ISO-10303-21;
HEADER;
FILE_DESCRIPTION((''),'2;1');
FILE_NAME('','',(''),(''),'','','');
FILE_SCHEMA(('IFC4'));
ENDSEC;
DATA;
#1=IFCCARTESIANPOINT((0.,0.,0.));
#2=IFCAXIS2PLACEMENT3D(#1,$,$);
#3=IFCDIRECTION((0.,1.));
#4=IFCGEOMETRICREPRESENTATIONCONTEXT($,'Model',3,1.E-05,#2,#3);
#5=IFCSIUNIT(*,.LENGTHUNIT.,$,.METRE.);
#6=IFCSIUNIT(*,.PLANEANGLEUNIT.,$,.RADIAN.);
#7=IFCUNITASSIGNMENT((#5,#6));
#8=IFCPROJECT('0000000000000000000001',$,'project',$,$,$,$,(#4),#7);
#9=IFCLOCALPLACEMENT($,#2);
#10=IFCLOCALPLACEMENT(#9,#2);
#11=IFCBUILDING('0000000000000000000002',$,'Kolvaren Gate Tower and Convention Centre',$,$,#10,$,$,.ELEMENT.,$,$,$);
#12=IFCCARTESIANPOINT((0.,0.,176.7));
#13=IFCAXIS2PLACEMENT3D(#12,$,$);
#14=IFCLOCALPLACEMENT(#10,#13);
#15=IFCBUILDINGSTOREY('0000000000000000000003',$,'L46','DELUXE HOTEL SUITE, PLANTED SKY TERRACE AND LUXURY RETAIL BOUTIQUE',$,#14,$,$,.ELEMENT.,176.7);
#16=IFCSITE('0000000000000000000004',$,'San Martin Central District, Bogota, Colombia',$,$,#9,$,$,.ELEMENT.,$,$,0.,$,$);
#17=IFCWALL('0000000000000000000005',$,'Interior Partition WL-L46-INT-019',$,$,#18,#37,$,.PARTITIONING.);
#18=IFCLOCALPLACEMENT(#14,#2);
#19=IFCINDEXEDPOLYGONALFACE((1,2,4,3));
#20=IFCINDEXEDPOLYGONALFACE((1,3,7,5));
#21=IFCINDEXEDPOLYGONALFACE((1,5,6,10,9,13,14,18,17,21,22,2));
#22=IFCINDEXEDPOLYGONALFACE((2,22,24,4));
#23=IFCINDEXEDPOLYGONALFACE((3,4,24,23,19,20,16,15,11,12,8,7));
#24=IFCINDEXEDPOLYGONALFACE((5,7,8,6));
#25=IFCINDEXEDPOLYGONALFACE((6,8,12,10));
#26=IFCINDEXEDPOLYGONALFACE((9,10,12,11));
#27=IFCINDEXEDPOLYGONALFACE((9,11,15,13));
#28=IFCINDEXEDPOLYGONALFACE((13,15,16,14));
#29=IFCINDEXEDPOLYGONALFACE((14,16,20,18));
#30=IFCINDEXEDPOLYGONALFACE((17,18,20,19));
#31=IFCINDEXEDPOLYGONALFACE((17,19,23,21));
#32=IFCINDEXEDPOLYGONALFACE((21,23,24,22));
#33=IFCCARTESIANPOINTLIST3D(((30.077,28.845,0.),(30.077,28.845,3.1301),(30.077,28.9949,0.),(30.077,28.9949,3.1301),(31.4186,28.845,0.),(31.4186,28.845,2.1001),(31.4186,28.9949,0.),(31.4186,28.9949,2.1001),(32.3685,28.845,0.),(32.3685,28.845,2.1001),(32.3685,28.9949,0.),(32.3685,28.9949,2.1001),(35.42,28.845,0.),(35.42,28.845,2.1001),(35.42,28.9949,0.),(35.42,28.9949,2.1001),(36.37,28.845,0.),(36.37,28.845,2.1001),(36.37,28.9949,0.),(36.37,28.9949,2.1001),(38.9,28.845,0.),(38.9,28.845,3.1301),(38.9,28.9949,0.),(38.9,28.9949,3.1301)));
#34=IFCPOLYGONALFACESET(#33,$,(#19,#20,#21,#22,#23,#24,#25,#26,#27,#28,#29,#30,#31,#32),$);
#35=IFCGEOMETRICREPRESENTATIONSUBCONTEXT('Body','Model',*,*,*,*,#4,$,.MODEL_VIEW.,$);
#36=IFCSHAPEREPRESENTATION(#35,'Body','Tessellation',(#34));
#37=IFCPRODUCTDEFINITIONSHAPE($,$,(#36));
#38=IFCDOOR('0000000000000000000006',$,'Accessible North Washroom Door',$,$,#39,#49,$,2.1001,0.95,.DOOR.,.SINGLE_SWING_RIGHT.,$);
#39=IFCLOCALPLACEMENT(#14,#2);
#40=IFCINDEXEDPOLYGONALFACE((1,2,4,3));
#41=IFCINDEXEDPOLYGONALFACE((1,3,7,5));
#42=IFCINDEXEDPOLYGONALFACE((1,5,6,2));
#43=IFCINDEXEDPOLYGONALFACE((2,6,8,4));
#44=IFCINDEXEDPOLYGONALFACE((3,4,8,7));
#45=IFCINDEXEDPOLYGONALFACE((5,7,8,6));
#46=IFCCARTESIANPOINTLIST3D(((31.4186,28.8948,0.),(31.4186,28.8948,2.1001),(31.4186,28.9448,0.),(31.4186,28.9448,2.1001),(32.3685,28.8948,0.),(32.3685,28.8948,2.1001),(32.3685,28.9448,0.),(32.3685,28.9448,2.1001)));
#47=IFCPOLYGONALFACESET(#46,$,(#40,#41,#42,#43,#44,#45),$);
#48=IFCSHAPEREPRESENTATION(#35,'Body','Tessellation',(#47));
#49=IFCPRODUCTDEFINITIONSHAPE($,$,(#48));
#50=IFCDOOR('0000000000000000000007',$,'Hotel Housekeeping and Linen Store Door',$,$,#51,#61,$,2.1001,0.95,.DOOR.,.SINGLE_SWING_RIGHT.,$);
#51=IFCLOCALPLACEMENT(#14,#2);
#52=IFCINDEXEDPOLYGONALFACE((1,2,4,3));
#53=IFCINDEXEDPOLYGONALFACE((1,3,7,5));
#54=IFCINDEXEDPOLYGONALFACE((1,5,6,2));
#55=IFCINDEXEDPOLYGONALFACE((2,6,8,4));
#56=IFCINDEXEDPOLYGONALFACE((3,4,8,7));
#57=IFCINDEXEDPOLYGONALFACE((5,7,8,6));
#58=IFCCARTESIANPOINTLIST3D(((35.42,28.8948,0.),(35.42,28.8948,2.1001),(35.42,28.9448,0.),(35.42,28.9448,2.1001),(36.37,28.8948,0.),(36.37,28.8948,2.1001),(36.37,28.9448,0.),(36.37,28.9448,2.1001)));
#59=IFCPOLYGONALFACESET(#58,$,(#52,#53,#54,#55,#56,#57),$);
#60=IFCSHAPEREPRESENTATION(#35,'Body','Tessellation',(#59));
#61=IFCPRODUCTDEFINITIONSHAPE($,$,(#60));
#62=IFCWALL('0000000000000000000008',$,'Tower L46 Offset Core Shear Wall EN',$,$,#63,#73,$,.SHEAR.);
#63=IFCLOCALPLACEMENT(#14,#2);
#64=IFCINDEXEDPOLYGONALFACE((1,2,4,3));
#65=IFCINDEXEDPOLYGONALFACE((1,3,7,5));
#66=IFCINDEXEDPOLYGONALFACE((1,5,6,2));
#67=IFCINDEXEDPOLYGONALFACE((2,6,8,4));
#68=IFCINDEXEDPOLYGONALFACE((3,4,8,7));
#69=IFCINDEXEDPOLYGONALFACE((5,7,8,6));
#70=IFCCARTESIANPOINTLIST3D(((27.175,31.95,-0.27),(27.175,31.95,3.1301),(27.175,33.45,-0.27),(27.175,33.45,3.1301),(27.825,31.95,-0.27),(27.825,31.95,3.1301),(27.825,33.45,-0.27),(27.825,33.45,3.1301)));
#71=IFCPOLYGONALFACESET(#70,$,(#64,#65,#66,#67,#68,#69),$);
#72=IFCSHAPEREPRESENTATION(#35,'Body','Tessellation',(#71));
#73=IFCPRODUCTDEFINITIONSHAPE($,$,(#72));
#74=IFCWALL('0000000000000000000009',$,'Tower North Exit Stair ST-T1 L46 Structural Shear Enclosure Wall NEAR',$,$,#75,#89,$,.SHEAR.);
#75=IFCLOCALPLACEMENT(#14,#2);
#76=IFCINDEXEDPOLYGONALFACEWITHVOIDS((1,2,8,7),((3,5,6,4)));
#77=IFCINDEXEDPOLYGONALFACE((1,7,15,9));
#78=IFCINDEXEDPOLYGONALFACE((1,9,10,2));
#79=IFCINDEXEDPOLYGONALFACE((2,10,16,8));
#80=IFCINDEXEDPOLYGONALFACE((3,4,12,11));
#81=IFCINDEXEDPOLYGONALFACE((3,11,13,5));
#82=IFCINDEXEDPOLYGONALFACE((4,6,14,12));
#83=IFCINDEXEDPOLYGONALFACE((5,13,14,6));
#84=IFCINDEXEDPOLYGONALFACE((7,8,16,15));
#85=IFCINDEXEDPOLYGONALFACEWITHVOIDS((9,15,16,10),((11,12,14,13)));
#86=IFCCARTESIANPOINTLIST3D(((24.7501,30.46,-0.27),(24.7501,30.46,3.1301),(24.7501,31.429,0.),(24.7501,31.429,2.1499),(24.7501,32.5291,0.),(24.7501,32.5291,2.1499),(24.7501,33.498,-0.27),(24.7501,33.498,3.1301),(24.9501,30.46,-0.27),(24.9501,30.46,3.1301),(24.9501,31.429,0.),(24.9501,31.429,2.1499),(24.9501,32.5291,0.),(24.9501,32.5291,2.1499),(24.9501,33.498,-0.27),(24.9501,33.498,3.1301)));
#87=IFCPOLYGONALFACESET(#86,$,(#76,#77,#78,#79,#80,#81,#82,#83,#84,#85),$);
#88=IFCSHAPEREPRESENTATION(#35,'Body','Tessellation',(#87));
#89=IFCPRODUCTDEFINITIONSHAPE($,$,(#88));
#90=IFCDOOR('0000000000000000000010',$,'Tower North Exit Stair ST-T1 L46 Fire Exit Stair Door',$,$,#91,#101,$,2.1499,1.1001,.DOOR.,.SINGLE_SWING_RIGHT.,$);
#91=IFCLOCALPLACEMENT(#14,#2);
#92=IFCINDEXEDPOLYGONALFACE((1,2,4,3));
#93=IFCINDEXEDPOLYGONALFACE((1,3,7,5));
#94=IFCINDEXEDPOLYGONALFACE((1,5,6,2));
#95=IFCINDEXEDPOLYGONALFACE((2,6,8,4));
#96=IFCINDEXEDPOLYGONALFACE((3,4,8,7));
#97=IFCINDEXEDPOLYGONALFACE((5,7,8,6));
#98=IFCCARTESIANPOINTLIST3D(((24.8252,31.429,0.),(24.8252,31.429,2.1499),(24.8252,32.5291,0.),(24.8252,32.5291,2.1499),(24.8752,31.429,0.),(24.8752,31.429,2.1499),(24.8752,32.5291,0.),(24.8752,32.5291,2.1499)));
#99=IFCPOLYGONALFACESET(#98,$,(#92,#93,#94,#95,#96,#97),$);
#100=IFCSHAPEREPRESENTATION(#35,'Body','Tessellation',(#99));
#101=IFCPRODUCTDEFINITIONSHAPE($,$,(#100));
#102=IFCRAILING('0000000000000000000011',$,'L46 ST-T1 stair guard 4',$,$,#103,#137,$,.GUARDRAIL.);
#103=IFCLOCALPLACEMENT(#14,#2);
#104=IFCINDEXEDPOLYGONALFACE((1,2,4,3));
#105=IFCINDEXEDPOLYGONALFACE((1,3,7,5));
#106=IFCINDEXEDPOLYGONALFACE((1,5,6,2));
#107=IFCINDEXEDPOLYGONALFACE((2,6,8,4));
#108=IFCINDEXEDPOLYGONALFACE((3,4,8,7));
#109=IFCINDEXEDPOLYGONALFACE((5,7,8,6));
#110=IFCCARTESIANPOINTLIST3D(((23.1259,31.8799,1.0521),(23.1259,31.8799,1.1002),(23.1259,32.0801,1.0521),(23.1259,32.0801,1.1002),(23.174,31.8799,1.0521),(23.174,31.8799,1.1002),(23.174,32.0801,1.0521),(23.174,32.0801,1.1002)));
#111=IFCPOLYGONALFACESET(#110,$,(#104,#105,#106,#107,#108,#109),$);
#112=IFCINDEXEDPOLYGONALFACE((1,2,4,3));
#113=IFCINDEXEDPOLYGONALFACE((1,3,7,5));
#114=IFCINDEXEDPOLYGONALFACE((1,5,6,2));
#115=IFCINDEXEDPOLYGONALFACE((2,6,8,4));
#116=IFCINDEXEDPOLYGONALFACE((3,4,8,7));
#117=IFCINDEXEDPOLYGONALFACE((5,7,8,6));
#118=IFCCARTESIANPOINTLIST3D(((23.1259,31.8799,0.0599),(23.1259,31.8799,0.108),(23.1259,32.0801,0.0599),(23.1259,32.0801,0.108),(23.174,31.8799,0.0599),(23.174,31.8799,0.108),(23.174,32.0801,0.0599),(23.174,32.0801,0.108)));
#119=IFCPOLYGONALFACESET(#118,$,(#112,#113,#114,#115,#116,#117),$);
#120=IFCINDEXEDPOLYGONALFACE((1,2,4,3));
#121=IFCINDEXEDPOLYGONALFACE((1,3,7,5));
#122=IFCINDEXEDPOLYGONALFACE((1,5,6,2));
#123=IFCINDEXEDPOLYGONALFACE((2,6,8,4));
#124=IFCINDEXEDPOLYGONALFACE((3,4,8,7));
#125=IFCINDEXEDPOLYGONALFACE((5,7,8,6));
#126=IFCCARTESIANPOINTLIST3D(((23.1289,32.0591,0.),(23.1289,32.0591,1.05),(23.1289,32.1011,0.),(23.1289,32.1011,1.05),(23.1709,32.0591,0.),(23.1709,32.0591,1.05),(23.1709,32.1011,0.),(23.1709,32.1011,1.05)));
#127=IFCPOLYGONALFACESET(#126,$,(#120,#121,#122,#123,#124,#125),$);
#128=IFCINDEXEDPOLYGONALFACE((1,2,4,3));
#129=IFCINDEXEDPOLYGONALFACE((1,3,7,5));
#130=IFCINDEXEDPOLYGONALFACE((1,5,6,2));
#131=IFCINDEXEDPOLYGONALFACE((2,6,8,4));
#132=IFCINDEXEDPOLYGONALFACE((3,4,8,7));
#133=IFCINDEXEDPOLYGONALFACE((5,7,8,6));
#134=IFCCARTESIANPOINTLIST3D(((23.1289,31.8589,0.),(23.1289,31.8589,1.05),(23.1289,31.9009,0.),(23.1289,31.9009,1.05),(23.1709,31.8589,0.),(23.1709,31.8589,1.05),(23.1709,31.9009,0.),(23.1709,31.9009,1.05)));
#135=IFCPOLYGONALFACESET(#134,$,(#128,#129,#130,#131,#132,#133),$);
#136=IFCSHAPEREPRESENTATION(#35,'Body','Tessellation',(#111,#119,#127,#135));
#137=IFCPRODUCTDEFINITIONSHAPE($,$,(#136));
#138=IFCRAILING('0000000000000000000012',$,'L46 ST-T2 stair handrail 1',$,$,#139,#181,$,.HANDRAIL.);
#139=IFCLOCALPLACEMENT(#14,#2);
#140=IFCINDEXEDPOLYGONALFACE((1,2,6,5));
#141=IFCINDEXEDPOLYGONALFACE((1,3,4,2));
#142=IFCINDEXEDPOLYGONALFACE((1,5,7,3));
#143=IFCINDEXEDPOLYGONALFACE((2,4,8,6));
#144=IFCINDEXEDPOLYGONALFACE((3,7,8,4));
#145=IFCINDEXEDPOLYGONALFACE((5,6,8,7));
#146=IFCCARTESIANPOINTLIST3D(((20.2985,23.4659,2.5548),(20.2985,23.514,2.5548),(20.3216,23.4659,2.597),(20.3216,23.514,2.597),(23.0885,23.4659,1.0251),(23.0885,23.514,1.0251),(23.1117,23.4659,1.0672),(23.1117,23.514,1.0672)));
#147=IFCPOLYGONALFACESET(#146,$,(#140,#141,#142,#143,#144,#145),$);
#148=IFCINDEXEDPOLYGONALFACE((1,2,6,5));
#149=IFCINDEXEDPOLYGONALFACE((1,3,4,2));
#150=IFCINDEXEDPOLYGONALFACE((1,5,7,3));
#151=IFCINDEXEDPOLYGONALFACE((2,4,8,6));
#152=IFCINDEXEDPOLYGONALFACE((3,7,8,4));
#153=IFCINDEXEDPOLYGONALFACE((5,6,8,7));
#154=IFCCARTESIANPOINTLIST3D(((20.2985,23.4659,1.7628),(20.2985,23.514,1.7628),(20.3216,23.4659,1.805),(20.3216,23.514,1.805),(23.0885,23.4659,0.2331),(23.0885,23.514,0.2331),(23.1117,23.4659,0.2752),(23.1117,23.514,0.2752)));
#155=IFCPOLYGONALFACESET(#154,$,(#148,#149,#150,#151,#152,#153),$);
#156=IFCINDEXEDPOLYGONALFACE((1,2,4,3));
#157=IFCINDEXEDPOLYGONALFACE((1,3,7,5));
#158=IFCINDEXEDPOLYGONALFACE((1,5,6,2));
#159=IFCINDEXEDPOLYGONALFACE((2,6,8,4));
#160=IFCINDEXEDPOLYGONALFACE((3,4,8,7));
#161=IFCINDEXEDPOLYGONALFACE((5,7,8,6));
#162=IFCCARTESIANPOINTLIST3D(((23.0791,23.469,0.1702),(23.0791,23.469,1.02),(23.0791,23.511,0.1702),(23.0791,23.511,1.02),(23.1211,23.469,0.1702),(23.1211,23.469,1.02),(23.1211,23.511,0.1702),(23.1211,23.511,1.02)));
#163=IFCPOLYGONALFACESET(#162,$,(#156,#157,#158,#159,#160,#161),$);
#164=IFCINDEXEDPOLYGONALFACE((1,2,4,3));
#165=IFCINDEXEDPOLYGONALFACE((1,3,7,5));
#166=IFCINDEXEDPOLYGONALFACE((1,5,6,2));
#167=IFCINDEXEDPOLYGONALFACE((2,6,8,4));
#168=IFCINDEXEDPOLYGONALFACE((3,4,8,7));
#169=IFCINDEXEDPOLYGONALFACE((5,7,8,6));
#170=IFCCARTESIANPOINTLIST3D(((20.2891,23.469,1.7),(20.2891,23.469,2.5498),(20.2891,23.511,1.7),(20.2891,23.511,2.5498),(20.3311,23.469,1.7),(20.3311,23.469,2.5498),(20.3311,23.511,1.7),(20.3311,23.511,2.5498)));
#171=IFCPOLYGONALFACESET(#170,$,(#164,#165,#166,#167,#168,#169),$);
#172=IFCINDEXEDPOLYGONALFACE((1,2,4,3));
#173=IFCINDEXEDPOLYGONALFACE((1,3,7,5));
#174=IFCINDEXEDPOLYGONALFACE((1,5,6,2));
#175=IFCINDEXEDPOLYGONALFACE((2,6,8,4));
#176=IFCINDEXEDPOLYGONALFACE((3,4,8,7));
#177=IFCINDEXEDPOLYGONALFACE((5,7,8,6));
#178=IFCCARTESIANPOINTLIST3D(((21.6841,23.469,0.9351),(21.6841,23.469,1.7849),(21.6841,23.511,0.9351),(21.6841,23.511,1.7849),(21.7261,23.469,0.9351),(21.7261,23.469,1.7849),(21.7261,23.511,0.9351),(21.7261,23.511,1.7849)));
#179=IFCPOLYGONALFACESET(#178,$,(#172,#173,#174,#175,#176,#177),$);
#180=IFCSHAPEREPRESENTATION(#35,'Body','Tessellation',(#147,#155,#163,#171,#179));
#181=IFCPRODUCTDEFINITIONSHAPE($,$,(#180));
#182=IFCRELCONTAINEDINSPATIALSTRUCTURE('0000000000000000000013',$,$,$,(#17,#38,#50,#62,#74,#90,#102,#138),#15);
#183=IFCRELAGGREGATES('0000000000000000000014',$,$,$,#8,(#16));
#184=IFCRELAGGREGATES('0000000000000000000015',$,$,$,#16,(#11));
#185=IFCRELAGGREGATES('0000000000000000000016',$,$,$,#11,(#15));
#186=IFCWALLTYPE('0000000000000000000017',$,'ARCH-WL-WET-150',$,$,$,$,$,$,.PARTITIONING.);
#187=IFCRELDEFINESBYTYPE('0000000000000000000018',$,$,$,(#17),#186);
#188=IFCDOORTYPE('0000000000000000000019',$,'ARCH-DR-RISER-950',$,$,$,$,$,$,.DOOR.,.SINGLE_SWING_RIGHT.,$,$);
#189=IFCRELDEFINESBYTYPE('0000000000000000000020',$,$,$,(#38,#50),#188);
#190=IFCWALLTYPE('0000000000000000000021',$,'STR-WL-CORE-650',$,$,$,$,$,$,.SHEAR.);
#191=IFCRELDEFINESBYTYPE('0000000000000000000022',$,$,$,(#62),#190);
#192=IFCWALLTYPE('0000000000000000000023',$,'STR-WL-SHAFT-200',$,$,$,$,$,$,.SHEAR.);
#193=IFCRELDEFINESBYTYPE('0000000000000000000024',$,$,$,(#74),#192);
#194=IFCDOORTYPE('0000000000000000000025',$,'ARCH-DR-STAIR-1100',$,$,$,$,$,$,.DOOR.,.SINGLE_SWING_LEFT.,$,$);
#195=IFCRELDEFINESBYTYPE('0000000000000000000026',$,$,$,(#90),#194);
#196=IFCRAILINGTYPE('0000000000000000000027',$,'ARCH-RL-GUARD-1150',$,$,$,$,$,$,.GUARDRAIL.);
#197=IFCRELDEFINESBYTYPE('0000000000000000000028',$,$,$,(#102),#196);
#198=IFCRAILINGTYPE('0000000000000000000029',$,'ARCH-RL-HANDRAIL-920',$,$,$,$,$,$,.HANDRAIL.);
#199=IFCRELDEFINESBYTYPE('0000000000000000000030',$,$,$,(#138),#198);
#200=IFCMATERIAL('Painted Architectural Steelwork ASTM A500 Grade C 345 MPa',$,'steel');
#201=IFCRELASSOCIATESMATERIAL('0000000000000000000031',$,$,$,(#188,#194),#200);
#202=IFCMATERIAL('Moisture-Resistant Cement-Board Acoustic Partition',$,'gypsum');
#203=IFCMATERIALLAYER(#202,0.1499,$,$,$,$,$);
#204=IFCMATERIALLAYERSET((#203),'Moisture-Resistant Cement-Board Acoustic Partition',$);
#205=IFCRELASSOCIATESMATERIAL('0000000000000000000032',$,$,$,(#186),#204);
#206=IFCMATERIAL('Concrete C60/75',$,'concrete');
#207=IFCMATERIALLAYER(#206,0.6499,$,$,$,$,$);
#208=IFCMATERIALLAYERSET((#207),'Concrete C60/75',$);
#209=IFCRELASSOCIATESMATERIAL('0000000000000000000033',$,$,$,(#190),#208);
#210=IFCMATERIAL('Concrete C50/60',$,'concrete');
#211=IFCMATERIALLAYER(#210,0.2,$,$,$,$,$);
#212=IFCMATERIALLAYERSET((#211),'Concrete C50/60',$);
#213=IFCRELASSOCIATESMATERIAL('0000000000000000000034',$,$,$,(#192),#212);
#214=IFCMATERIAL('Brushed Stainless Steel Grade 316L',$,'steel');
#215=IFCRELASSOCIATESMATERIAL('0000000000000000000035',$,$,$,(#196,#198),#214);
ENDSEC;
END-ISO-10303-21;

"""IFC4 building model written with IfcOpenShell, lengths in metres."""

from ifc_helpers import new_model, si_unit, direction, frame, frame_2d, origin, origin_2d, place, context, subcontext, project, spatial, rectangle, extrude, material, layer, layer_set, type_object, element, fill, save


model = new_model("IFC4")

# Units and contexts
model_context = context("Model", 3, precision=1e-05, world=origin(), true_north=direction((0.0, 1.0)))
body_context = subcontext(model_context, "Body", "Model", "MODEL_VIEW")
ifc_project = project(units=[si_unit("LENGTHUNIT", "METRE"), si_unit("PLANEANGLEUNIT", "RADIAN")], contexts=[model_context])

# Site, building, storey
site_placement = place(None, origin())
site = spatial("IfcSite", under=ifc_project, at=site_placement, Name="San Martin Central District, Bogota, Colombia", CompositionType="ELEMENT", RefElevation=0.0)
building_placement = place(site_placement, origin())
building = spatial("IfcBuilding", under=site, at=building_placement, Name="Kolvaren Gate Tower and Convention Centre", CompositionType="ELEMENT")
storey_placement = place(building_placement, frame((0.0, 0.0, 176.7)))
storey = spatial("IfcBuildingStorey", under=building, at=storey_placement, Name="L46", Description="DELUXE HOTEL SUITE, PLANTED SKY TERRACE AND LUXURY RETAIL BOUTIQUE", CompositionType="ELEMENT", Elevation=176.7)

# Shared definitions
ifc_material_1 = material(Name="Painted Architectural Steelwork ASTM A500 Grade C 345 MPa", Category="steel")
door_type_1 = type_object("IfcDoorType", Name="ARCH-DR-RISER-950", OperationType="SINGLE_SWING_RIGHT", PredefinedType="DOOR", material=ifc_material_1)

# Shared definitions
ifc_material_2 = material(Name="Brushed Stainless Steel Grade 316L", Category="steel")

# Shared definitions
ifc_material_3 = material(Name="Moisture-Resistant Cement-Board Acoustic Partition", Category="gypsum")
ifc_layer_1 = layer(ifc_material_3, 0.1499)
ifc_layer_set_1 = layer_set([ifc_layer_1], Name="Moisture-Resistant Cement-Board Acoustic Partition")
wall_type_1 = type_object("IfcWallType", Name="ARCH-WL-WET-150", PredefinedType="PARTITIONING", material=ifc_layer_set_1)

# Wall, openings, doors
wall_1_placement = place(storey_placement, frame((30.0769, 28.9199, 0.0), z_axis=(0.0, 0.0, 1.0), x_axis=(1.0, 0.0, 0.0)))
wall_1 = element("IfcWall", 1, at=wall_1_placement, inside=storey, type_object=wall_type_1, Name="Interior Partition WL-L46-INT-019", PredefinedType="PARTITIONING", context=body_context, shape_type="SweptSolid", body=[
    extrude(rectangle(XDim=8.823, YDim=0.1499, at=frame_2d((4.4116, 0.0))), origin(), (0.0, 0.0, 1.0), 3.1301),
])
opening_1_placement = place(wall_1_placement, frame((1.3416, 0.0, 0.0)))
opening_1 = element("IfcOpeningElement", 2, at=opening_1_placement, cuts=wall_1, PredefinedType="OPENING", context=body_context, shape_type="SweptSolid", body=[
    extrude(rectangle(XDim=0.95, YDim=2.1001, at=frame_2d((0.4751, 1.05))), frame((0.0, 0.085, 0.0), z_axis=(0.0, -1.0, 0.0), x_axis=(1.0, 0.0, 0.0)), (0.0, 0.0, 1.0), 0.1699),
])
opening_2_placement = place(wall_1_placement, frame((5.343, 0.0, 0.0)))
opening_2 = element("IfcOpeningElement", 3, at=opening_2_placement, cuts=wall_1, PredefinedType="OPENING", context=body_context, shape_type="SweptSolid", body=[
    extrude(rectangle(XDim=0.95, YDim=2.1001, at=frame_2d((0.4751, 1.05))), frame((0.0, 0.085, 0.0), z_axis=(0.0, -1.0, 0.0), x_axis=(1.0, 0.0, 0.0)), (0.0, 0.0, 1.0), 0.1699),
])
door_1_placement = place(opening_1_placement, origin())
door_1 = element("IfcDoor", 4, at=door_1_placement, inside=storey, type_object=door_type_1, Name="Accessible North Washroom Door", OperationType="SINGLE_SWING_RIGHT", OverallHeight=2.1001, OverallWidth=0.95, PredefinedType="DOOR", context=body_context, shape_type="SweptSolid", body=[
    extrude(rectangle(XDim=0.95, YDim=2.1001, at=frame_2d((0.4751, 1.05))), frame((0.0, 0.0249, 0.0), z_axis=(0.0, -1.0, 0.0), x_axis=(1.0, 0.0, 0.0)), (0.0, 0.0, 1.0), 0.05),
])
fill(opening_1, door_1)
door_2_placement = place(opening_2_placement, origin())
door_2 = element("IfcDoor", 5, at=door_2_placement, inside=storey, type_object=door_type_1, Name="Hotel Housekeeping and Linen Store Door", OperationType="SINGLE_SWING_RIGHT", OverallHeight=2.1001, OverallWidth=0.95, PredefinedType="DOOR", context=body_context, shape_type="SweptSolid", body=[
    extrude(rectangle(XDim=0.95, YDim=2.1001, at=frame_2d((0.4751, 1.05))), frame((0.0, 0.0249, 0.0), z_axis=(0.0, -1.0, 0.0), x_axis=(1.0, 0.0, 0.0)), (0.0, 0.0, 1.0), 0.05),
])
fill(opening_2, door_2)

# Wall
ifc_material_4 = material(Name="Concrete C60/75", Category="concrete")
ifc_layer_2 = layer(ifc_material_4, 0.6499)
ifc_layer_set_2 = layer_set([ifc_layer_2], Name="Concrete C60/75")
wall_type_2 = type_object("IfcWallType", Name="STR-WL-CORE-650", PredefinedType="SHEAR", material=ifc_layer_set_2)
wall_2_placement = place(storey_placement, frame((27.5, 31.95, -0.27), z_axis=(0.0, 0.0, 1.0), x_axis=(0.0, 1.0, 0.0)))
element("IfcWall", 6, at=wall_2_placement, inside=storey, type_object=wall_type_2, Name="Tower L46 Offset Core Shear Wall EN", PredefinedType="SHEAR", context=body_context, shape_type="SweptSolid", body=[
    extrude(rectangle(XDim=1.5, YDim=0.6499, at=frame_2d((0.75, 0.0))), origin(), (0.0, 0.0, 1.0), 3.4001),
])

# Wall, opening, door
ifc_material_5 = material(Name="Concrete C50/60", Category="concrete")
ifc_layer_3 = layer(ifc_material_5, 0.2)
ifc_layer_set_3 = layer_set([ifc_layer_3], Name="Concrete C50/60")
wall_type_3 = type_object("IfcWallType", Name="STR-WL-SHAFT-200", PredefinedType="SHEAR", material=ifc_layer_set_3)
wall_3_placement = place(storey_placement, frame((24.8501, 30.46, -0.27), z_axis=(0.0, 0.0, 1.0), x_axis=(0.0, 1.0, 0.0)))
wall_3 = element("IfcWall", 7, at=wall_3_placement, inside=storey, type_object=wall_type_3, Name="Tower North Exit Stair ST-T1 L46 Structural Shear Enclosure Wall NEAR", PredefinedType="SHEAR", context=body_context, shape_type="SweptSolid", body=[
    extrude(rectangle(XDim=3.0381, YDim=0.2, at=frame_2d((1.519, 0.0))), origin(), (0.0, 0.0, 1.0), 3.4001),
])
opening_3_placement = place(wall_3_placement, frame((0.969, 0.0, 0.27)))
opening_3 = element("IfcOpeningElement", 8, at=opening_3_placement, cuts=wall_3, PredefinedType="OPENING", context=body_context, shape_type="SweptSolid", body=[
    extrude(rectangle(XDim=1.1001, YDim=2.1499, at=frame_2d((0.55, 1.075))), frame((0.0, 0.1099, 0.0), z_axis=(0.0, -1.0, 0.0), x_axis=(1.0, 0.0, 0.0)), (0.0, 0.0, 1.0), 0.22),
])
door_type_2 = type_object("IfcDoorType", Name="ARCH-DR-STAIR-1100", OperationType="SINGLE_SWING_LEFT", PredefinedType="DOOR", material=ifc_material_1)
door_3_placement = place(opening_3_placement, origin())
door_3 = element("IfcDoor", 9, at=door_3_placement, inside=storey, type_object=door_type_2, Name="Tower North Exit Stair ST-T1 L46 Fire Exit Stair Door", OperationType="SINGLE_SWING_RIGHT", OverallHeight=2.1499, OverallWidth=1.1001, PredefinedType="DOOR", context=body_context, shape_type="SweptSolid", body=[
    extrude(rectangle(XDim=1.1001, YDim=2.1499, at=frame_2d((0.55, 1.075))), frame((0.0, 0.0249, 0.0), z_axis=(0.0, -1.0, 0.0), x_axis=(1.0, 0.0, 0.0)), (0.0, 0.0, 1.0), 0.05),
])
fill(opening_3, door_3)

# Railings
railing_type_1 = type_object("IfcRailingType", Name="ARCH-RL-GUARD-1150", PredefinedType="GUARDRAIL", material=ifc_material_2)
railing_1_placement = place(storey_placement, frame((23.1499, 32.0801, 0.0)))
element("IfcRailing", 10, at=railing_1_placement, inside=storey, type_object=railing_type_1, Name="L46 ST-T1 stair guard 4", PredefinedType="GUARDRAIL", context=body_context, shape_type="SweptSolid", body=[
    extrude(rectangle(XDim=0.0481, YDim=0.0481, at=origin_2d()), frame((0.0, 0.0, 1.0762), z_axis=(0.0, -1.0, 0.0), x_axis=(1.0, 0.0, 0.0)), (0.0, 0.0, 1.0), 0.2002),
    extrude(rectangle(XDim=0.0481, YDim=0.0481, at=origin_2d()), frame((0.0, 0.0, 0.084), z_axis=(0.0, -1.0, 0.0), x_axis=(1.0, 0.0, 0.0)), (0.0, 0.0, 1.0), 0.2002),
    extrude(rectangle(XDim=0.042, YDim=0.042, at=origin_2d()), origin(), (0.0, 0.0, 1.0), 1.05),
    extrude(rectangle(XDim=0.042, YDim=0.042, at=origin_2d()), frame((0.0, -0.2002, 0.0)), (0.0, 0.0, 1.0), 1.05),
])
railing_type_2 = type_object("IfcRailingType", Name="ARCH-RL-HANDRAIL-920", PredefinedType="HANDRAIL", material=ifc_material_2)
railing_2_placement = place(storey_placement, frame((23.1001, 23.49, 0.1702)))
element("IfcRailing", 11, at=railing_2_placement, inside=storey, type_object=railing_type_2, Name="L46 ST-T2 stair handrail 1", PredefinedType="HANDRAIL", context=body_context, shape_type="SweptSolid", body=[
    extrude(rectangle(XDim=0.0481, YDim=0.0481, at=origin_2d()), frame((0.0, 0.0, 0.876), z_axis=(-0.876844, 0.0, 0.480776), x_axis=(0.0, -1.0, 0.0)), (0.0, 0.0, 1.0), 3.1819),
    extrude(rectangle(XDim=0.0481, YDim=0.0481, at=origin_2d()), frame((0.0, 0.0, 0.084), z_axis=(-0.876844, 0.0, 0.480776), x_axis=(0.0, -1.0, 0.0)), (0.0, 0.0, 1.0), 3.1819),
    extrude(rectangle(XDim=0.042, YDim=0.042, at=origin_2d()), origin(), (0.0, 0.0, 1.0), 0.8499),
    extrude(rectangle(XDim=0.042, YDim=0.042, at=origin_2d()), frame((-2.79, 0.0, 1.5298)), (0.0, 0.0, 1.0), 0.8499),
    extrude(rectangle(XDim=0.042, YDim=0.042, at=origin_2d()), frame((-1.395, 0.0, 0.7649)), (0.0, 0.0, 1.0), 0.8499),
])

save(model, "model.ifc")
